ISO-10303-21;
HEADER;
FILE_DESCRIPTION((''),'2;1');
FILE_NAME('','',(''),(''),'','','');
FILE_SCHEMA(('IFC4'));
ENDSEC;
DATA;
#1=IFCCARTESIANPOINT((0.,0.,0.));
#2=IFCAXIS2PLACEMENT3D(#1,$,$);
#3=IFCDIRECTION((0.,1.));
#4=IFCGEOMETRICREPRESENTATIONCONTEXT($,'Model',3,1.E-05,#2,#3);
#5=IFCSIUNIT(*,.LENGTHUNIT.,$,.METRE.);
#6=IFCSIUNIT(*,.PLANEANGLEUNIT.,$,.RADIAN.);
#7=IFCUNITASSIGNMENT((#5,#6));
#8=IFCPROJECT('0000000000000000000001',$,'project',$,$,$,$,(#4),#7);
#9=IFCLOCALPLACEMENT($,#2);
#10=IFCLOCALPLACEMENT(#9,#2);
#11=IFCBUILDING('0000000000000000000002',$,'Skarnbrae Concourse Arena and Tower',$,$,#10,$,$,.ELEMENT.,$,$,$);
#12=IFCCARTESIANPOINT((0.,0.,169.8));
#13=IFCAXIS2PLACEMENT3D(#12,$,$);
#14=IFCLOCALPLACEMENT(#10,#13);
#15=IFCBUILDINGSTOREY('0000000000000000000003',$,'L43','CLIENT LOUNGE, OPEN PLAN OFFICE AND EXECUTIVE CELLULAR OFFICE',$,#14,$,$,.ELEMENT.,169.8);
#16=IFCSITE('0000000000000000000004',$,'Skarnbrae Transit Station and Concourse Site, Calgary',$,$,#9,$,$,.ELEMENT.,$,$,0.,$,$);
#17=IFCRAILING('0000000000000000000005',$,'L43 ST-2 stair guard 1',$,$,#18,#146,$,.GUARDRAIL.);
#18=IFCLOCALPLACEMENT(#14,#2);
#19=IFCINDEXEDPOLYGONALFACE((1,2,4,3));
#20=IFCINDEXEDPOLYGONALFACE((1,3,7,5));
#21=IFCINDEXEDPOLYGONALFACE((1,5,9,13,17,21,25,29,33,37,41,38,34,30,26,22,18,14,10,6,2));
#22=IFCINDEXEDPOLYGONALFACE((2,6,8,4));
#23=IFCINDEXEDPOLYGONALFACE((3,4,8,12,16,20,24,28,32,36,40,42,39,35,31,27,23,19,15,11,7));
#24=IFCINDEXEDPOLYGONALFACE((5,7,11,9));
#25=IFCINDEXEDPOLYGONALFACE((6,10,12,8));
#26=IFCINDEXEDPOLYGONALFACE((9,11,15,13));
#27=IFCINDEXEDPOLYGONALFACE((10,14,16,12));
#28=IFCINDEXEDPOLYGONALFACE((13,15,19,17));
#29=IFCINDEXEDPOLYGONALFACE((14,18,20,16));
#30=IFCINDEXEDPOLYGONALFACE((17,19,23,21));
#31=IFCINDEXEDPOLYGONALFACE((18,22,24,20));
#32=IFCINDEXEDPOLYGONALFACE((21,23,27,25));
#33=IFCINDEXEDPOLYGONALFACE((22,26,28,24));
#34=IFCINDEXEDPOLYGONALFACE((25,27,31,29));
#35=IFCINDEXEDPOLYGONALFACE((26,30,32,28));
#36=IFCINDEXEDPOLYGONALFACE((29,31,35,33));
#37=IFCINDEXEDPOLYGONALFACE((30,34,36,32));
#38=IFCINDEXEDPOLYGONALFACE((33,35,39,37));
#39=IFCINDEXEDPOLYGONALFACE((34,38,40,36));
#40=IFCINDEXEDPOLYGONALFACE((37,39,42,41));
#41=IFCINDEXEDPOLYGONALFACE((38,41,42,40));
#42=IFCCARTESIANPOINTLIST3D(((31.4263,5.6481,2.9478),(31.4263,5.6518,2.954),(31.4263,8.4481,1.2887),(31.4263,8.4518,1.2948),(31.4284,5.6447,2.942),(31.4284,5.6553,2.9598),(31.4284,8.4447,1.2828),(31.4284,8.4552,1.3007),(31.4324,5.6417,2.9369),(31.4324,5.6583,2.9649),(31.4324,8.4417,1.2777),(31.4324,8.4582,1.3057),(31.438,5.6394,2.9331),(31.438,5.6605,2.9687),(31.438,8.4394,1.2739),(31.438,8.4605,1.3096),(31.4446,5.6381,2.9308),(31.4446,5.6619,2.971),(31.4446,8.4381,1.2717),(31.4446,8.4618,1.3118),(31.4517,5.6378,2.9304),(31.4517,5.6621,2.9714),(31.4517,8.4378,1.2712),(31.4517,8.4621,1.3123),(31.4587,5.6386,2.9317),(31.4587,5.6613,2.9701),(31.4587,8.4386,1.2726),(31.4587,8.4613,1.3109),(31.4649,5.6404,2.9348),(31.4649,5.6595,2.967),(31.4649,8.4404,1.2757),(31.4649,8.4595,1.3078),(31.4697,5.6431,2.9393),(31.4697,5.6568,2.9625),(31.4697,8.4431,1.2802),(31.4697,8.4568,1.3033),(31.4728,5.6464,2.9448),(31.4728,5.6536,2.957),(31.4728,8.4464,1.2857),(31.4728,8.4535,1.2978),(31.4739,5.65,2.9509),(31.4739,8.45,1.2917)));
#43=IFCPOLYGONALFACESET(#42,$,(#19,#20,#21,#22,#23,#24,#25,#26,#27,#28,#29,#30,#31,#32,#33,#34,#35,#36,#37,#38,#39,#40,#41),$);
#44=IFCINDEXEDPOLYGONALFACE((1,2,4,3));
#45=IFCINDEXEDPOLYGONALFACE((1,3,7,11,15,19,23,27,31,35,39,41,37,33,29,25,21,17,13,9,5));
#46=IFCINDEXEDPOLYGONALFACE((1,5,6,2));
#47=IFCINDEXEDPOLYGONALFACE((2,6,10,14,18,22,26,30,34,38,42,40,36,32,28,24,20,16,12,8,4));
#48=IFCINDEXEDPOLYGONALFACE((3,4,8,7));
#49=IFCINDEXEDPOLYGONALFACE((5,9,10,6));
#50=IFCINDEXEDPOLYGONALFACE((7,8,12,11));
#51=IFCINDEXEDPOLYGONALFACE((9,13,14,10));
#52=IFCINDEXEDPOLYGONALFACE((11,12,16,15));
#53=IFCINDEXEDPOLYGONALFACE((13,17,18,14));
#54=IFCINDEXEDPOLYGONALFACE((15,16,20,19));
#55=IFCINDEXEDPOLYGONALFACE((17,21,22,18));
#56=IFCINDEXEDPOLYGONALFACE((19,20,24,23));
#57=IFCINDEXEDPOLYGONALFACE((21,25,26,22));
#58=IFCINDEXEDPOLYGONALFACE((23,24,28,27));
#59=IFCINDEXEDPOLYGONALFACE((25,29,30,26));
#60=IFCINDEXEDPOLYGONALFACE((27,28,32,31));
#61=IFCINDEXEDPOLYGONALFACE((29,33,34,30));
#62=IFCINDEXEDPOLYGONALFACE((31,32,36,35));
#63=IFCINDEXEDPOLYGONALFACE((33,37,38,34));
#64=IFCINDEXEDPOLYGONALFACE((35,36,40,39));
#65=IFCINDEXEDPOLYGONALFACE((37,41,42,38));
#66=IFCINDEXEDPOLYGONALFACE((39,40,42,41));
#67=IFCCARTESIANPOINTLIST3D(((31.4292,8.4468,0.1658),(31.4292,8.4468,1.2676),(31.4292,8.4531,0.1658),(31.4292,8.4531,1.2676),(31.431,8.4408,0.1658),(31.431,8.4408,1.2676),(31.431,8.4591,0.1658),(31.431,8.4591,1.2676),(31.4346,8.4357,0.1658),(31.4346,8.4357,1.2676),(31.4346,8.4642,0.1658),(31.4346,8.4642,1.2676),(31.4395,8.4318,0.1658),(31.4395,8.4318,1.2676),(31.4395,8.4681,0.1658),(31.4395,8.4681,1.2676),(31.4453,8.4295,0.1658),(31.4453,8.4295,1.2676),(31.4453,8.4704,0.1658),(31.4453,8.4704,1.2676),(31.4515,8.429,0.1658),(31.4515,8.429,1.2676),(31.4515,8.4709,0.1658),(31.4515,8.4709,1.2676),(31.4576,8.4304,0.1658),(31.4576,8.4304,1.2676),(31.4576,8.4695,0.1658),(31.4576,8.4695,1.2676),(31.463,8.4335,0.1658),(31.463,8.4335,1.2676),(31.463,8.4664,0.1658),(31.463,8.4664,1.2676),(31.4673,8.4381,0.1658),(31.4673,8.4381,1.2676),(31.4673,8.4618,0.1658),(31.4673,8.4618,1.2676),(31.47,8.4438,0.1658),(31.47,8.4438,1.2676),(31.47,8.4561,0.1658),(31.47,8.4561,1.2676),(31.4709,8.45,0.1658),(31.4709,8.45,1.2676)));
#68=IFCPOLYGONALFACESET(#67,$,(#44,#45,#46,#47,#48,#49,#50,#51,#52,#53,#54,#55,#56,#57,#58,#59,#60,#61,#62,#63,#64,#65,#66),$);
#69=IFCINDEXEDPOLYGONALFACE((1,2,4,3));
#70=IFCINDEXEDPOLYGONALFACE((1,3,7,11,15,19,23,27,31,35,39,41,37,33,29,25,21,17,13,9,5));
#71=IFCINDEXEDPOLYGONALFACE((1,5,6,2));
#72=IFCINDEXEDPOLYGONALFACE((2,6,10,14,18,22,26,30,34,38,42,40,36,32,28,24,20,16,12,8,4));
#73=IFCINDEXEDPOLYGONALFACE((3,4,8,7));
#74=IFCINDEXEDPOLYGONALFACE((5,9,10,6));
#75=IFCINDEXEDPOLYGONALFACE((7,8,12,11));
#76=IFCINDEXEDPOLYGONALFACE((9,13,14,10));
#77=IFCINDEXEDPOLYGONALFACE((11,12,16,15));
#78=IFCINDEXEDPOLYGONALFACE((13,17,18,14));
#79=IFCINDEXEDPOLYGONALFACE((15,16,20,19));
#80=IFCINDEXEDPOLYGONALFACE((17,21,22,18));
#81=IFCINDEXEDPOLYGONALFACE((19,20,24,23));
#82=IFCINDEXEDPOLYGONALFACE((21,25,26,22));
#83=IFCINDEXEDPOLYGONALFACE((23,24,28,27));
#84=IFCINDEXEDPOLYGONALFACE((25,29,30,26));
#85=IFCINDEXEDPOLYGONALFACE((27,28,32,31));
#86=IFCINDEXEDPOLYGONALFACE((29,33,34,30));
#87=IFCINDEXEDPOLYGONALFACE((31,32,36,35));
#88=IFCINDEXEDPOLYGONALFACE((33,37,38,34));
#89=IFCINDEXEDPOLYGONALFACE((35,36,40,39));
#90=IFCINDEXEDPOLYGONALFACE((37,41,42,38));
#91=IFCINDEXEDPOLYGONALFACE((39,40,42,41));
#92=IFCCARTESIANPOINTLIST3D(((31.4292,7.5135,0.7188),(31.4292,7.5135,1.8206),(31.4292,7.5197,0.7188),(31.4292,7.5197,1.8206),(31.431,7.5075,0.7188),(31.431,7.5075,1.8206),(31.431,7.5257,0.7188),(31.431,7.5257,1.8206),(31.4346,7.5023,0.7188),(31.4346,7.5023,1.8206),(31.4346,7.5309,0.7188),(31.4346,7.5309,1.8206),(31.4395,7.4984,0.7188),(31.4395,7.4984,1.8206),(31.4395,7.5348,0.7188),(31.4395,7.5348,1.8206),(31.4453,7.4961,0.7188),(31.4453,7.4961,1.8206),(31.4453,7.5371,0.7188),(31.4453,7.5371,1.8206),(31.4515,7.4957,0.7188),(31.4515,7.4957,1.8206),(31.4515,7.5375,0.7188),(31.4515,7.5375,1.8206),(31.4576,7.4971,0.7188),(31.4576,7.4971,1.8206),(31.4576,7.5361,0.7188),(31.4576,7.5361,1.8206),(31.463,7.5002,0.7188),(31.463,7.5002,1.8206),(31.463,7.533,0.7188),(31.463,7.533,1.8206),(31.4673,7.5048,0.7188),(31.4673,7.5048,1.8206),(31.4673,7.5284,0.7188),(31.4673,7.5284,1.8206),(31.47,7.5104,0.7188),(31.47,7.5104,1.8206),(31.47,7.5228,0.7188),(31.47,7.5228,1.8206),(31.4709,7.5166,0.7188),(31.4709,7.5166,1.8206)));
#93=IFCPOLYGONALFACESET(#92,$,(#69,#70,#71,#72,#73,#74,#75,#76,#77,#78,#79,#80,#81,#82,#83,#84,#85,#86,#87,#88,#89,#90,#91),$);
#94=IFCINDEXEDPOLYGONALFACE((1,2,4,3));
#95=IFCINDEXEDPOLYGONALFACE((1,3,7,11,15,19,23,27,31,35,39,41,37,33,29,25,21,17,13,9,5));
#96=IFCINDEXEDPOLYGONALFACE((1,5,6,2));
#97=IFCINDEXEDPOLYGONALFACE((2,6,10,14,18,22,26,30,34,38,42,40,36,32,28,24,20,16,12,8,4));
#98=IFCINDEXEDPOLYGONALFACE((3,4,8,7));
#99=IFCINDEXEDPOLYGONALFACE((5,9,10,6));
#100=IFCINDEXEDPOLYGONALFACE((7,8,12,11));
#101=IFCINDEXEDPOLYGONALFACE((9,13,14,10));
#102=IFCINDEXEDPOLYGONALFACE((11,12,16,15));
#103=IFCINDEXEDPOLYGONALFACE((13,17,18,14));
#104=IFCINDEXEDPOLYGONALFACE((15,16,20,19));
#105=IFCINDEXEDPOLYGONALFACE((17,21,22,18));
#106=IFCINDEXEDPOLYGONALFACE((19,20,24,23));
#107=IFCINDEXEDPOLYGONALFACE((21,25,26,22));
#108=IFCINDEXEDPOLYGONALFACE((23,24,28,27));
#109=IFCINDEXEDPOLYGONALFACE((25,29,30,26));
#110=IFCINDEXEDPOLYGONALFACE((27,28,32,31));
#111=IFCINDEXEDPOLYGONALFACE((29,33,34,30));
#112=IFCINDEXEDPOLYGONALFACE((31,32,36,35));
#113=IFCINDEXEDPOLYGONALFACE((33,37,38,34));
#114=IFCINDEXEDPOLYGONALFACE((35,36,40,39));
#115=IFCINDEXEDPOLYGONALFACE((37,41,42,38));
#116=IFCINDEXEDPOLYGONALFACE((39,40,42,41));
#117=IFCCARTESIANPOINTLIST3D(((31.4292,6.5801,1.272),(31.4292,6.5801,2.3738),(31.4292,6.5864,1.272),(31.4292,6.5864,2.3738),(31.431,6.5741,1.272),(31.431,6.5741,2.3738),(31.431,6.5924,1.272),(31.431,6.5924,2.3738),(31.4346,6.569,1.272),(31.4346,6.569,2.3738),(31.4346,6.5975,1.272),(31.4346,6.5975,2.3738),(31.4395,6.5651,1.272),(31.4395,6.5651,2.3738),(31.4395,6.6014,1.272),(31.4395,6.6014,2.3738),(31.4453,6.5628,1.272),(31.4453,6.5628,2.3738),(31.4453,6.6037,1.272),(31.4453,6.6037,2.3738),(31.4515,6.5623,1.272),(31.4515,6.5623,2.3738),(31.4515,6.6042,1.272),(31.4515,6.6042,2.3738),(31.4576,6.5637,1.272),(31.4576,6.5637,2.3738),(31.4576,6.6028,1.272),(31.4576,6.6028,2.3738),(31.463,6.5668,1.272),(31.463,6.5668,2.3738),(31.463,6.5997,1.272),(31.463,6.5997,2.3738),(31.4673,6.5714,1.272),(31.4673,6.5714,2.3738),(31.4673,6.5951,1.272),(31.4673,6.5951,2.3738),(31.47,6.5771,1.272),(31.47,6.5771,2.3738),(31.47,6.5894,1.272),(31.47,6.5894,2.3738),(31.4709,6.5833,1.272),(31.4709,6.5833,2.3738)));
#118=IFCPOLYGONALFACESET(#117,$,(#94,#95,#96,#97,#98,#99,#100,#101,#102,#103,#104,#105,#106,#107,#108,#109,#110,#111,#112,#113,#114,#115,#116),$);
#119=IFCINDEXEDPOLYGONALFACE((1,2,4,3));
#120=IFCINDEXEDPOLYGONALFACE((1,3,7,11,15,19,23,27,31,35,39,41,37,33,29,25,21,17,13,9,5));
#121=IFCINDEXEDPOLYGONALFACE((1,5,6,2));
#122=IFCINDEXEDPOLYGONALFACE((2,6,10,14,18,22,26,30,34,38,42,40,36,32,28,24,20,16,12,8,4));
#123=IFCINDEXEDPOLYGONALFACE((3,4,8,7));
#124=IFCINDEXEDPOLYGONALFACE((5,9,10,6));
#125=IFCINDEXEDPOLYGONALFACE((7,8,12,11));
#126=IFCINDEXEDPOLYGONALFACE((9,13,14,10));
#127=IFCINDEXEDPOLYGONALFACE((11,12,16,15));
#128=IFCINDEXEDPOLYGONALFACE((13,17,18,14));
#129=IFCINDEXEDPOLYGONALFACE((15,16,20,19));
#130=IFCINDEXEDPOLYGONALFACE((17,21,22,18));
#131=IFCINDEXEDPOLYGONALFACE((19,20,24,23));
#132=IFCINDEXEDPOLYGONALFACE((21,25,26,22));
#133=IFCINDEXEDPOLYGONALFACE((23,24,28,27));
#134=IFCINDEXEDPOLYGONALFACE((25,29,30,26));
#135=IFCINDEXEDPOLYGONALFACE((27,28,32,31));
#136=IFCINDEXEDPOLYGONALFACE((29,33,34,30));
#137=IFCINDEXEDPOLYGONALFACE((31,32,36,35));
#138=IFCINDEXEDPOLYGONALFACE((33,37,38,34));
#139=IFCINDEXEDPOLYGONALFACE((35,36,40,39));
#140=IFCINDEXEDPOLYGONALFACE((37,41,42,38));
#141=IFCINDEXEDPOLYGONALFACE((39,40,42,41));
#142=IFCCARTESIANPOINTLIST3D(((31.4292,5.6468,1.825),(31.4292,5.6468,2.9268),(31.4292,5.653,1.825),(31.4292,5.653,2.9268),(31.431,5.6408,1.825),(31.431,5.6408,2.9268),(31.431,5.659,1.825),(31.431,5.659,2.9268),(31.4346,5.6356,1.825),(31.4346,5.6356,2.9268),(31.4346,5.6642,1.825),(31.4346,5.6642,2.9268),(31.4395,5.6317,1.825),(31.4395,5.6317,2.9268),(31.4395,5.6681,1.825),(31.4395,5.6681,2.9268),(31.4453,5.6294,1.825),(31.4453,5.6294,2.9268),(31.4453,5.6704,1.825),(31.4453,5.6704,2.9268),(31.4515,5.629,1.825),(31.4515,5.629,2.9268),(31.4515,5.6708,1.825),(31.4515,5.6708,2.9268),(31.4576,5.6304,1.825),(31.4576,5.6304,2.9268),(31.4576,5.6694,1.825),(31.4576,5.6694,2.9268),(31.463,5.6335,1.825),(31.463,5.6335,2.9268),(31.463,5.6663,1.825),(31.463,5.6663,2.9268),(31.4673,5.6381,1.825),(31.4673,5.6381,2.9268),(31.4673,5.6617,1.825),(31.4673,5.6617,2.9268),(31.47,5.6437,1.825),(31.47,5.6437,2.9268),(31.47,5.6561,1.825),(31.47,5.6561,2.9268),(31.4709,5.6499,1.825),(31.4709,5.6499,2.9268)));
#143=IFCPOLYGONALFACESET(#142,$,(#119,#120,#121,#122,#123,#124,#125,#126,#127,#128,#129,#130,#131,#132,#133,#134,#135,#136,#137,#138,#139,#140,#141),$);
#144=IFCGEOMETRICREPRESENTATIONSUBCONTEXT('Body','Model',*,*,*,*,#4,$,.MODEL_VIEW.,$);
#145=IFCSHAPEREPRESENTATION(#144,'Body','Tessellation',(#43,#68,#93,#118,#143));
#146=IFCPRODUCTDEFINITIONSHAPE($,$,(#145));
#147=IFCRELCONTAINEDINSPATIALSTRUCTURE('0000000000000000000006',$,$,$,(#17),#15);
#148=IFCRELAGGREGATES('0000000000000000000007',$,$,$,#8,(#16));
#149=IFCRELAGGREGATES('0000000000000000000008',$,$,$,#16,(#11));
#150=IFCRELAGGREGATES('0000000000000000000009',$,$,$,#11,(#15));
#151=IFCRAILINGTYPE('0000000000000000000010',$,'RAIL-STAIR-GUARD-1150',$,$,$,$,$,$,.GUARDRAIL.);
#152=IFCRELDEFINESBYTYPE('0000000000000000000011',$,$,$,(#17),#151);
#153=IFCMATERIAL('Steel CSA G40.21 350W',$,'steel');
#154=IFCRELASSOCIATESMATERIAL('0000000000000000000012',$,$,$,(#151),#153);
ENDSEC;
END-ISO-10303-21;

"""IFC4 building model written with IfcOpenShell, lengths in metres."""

from ifc_helpers import new_model, si_unit, direction, frame, origin, origin_2d, place, context, subcontext, project, spatial, circle, extrude, material, type_object, element, save


model = new_model("IFC4")

# Units and contexts
model_context = context("Model", 3, precision=1e-05, world=origin(), true_north=direction((0.0, 1.0)))
body_context = subcontext(model_context, "Body", "Model", "MODEL_VIEW")
ifc_project = project(units=[si_unit("LENGTHUNIT", "METRE"), si_unit("PLANEANGLEUNIT", "RADIAN")], contexts=[model_context])

# Site, building, storey
site_placement = place(None, origin())
site = spatial("IfcSite", under=ifc_project, at=site_placement, Name="Skarnbrae Transit Station and Concourse Site, Calgary", CompositionType="ELEMENT", RefElevation=0.0)
building_placement = place(site_placement, origin())
building = spatial("IfcBuilding", under=site, at=building_placement, Name="Skarnbrae Concourse Arena and Tower", CompositionType="ELEMENT")
storey_placement = place(building_placement, frame((0.0, 0.0, 169.8)))
storey = spatial("IfcBuildingStorey", under=building, at=storey_placement, Name="L43", Description="CLIENT LOUNGE, OPEN PLAN OFFICE AND EXECUTIVE CELLULAR OFFICE", CompositionType="ELEMENT", Elevation=169.8)

# Shared definitions
ifc_material_1 = material(Name="Steel CSA G40.21 350W", Category="steel")

# Railing
railing_type_1 = type_object("IfcRailingType", Name="RAIL-STAIR-GUARD-1150", PredefinedType="GUARDRAIL", material=ifc_material_1)
railing_1_placement = place(storey_placement, frame((31.45, 8.45, 0.1658)))
element("IfcRailing", 1, at=railing_1_placement, inside=storey, type_object=railing_type_1, Name="L43 ST-2 stair guard 1", PredefinedType="GUARDRAIL", context=body_context, shape_type="SweptSolid", body=[
    extrude(circle(Radius=0.0239, at=origin_2d()), frame((0.0, 0.0, 1.126), z_axis=(0.0, -0.860306, 0.509778), x_axis=(1.0, 0.0, 0.0)), (0.0, 0.0, 1.0), 3.2546),
    extrude(circle(Radius=0.021, at=origin_2d()), origin(), (0.0, 0.0, 1.0), 1.1018),
    extrude(circle(Radius=0.021, at=origin_2d()), frame((0.0, -0.9333, 0.553)), (0.0, 0.0, 1.0), 1.1018),
    extrude(circle(Radius=0.021, at=origin_2d()), frame((0.0, -1.8667, 1.1062)), (0.0, 0.0, 1.0), 1.1018),
    extrude(circle(Radius=0.021, at=origin_2d()), frame((0.0, -2.8, 1.6592)), (0.0, 0.0, 1.0), 1.1018),
])

save(model, "model.ifc")
